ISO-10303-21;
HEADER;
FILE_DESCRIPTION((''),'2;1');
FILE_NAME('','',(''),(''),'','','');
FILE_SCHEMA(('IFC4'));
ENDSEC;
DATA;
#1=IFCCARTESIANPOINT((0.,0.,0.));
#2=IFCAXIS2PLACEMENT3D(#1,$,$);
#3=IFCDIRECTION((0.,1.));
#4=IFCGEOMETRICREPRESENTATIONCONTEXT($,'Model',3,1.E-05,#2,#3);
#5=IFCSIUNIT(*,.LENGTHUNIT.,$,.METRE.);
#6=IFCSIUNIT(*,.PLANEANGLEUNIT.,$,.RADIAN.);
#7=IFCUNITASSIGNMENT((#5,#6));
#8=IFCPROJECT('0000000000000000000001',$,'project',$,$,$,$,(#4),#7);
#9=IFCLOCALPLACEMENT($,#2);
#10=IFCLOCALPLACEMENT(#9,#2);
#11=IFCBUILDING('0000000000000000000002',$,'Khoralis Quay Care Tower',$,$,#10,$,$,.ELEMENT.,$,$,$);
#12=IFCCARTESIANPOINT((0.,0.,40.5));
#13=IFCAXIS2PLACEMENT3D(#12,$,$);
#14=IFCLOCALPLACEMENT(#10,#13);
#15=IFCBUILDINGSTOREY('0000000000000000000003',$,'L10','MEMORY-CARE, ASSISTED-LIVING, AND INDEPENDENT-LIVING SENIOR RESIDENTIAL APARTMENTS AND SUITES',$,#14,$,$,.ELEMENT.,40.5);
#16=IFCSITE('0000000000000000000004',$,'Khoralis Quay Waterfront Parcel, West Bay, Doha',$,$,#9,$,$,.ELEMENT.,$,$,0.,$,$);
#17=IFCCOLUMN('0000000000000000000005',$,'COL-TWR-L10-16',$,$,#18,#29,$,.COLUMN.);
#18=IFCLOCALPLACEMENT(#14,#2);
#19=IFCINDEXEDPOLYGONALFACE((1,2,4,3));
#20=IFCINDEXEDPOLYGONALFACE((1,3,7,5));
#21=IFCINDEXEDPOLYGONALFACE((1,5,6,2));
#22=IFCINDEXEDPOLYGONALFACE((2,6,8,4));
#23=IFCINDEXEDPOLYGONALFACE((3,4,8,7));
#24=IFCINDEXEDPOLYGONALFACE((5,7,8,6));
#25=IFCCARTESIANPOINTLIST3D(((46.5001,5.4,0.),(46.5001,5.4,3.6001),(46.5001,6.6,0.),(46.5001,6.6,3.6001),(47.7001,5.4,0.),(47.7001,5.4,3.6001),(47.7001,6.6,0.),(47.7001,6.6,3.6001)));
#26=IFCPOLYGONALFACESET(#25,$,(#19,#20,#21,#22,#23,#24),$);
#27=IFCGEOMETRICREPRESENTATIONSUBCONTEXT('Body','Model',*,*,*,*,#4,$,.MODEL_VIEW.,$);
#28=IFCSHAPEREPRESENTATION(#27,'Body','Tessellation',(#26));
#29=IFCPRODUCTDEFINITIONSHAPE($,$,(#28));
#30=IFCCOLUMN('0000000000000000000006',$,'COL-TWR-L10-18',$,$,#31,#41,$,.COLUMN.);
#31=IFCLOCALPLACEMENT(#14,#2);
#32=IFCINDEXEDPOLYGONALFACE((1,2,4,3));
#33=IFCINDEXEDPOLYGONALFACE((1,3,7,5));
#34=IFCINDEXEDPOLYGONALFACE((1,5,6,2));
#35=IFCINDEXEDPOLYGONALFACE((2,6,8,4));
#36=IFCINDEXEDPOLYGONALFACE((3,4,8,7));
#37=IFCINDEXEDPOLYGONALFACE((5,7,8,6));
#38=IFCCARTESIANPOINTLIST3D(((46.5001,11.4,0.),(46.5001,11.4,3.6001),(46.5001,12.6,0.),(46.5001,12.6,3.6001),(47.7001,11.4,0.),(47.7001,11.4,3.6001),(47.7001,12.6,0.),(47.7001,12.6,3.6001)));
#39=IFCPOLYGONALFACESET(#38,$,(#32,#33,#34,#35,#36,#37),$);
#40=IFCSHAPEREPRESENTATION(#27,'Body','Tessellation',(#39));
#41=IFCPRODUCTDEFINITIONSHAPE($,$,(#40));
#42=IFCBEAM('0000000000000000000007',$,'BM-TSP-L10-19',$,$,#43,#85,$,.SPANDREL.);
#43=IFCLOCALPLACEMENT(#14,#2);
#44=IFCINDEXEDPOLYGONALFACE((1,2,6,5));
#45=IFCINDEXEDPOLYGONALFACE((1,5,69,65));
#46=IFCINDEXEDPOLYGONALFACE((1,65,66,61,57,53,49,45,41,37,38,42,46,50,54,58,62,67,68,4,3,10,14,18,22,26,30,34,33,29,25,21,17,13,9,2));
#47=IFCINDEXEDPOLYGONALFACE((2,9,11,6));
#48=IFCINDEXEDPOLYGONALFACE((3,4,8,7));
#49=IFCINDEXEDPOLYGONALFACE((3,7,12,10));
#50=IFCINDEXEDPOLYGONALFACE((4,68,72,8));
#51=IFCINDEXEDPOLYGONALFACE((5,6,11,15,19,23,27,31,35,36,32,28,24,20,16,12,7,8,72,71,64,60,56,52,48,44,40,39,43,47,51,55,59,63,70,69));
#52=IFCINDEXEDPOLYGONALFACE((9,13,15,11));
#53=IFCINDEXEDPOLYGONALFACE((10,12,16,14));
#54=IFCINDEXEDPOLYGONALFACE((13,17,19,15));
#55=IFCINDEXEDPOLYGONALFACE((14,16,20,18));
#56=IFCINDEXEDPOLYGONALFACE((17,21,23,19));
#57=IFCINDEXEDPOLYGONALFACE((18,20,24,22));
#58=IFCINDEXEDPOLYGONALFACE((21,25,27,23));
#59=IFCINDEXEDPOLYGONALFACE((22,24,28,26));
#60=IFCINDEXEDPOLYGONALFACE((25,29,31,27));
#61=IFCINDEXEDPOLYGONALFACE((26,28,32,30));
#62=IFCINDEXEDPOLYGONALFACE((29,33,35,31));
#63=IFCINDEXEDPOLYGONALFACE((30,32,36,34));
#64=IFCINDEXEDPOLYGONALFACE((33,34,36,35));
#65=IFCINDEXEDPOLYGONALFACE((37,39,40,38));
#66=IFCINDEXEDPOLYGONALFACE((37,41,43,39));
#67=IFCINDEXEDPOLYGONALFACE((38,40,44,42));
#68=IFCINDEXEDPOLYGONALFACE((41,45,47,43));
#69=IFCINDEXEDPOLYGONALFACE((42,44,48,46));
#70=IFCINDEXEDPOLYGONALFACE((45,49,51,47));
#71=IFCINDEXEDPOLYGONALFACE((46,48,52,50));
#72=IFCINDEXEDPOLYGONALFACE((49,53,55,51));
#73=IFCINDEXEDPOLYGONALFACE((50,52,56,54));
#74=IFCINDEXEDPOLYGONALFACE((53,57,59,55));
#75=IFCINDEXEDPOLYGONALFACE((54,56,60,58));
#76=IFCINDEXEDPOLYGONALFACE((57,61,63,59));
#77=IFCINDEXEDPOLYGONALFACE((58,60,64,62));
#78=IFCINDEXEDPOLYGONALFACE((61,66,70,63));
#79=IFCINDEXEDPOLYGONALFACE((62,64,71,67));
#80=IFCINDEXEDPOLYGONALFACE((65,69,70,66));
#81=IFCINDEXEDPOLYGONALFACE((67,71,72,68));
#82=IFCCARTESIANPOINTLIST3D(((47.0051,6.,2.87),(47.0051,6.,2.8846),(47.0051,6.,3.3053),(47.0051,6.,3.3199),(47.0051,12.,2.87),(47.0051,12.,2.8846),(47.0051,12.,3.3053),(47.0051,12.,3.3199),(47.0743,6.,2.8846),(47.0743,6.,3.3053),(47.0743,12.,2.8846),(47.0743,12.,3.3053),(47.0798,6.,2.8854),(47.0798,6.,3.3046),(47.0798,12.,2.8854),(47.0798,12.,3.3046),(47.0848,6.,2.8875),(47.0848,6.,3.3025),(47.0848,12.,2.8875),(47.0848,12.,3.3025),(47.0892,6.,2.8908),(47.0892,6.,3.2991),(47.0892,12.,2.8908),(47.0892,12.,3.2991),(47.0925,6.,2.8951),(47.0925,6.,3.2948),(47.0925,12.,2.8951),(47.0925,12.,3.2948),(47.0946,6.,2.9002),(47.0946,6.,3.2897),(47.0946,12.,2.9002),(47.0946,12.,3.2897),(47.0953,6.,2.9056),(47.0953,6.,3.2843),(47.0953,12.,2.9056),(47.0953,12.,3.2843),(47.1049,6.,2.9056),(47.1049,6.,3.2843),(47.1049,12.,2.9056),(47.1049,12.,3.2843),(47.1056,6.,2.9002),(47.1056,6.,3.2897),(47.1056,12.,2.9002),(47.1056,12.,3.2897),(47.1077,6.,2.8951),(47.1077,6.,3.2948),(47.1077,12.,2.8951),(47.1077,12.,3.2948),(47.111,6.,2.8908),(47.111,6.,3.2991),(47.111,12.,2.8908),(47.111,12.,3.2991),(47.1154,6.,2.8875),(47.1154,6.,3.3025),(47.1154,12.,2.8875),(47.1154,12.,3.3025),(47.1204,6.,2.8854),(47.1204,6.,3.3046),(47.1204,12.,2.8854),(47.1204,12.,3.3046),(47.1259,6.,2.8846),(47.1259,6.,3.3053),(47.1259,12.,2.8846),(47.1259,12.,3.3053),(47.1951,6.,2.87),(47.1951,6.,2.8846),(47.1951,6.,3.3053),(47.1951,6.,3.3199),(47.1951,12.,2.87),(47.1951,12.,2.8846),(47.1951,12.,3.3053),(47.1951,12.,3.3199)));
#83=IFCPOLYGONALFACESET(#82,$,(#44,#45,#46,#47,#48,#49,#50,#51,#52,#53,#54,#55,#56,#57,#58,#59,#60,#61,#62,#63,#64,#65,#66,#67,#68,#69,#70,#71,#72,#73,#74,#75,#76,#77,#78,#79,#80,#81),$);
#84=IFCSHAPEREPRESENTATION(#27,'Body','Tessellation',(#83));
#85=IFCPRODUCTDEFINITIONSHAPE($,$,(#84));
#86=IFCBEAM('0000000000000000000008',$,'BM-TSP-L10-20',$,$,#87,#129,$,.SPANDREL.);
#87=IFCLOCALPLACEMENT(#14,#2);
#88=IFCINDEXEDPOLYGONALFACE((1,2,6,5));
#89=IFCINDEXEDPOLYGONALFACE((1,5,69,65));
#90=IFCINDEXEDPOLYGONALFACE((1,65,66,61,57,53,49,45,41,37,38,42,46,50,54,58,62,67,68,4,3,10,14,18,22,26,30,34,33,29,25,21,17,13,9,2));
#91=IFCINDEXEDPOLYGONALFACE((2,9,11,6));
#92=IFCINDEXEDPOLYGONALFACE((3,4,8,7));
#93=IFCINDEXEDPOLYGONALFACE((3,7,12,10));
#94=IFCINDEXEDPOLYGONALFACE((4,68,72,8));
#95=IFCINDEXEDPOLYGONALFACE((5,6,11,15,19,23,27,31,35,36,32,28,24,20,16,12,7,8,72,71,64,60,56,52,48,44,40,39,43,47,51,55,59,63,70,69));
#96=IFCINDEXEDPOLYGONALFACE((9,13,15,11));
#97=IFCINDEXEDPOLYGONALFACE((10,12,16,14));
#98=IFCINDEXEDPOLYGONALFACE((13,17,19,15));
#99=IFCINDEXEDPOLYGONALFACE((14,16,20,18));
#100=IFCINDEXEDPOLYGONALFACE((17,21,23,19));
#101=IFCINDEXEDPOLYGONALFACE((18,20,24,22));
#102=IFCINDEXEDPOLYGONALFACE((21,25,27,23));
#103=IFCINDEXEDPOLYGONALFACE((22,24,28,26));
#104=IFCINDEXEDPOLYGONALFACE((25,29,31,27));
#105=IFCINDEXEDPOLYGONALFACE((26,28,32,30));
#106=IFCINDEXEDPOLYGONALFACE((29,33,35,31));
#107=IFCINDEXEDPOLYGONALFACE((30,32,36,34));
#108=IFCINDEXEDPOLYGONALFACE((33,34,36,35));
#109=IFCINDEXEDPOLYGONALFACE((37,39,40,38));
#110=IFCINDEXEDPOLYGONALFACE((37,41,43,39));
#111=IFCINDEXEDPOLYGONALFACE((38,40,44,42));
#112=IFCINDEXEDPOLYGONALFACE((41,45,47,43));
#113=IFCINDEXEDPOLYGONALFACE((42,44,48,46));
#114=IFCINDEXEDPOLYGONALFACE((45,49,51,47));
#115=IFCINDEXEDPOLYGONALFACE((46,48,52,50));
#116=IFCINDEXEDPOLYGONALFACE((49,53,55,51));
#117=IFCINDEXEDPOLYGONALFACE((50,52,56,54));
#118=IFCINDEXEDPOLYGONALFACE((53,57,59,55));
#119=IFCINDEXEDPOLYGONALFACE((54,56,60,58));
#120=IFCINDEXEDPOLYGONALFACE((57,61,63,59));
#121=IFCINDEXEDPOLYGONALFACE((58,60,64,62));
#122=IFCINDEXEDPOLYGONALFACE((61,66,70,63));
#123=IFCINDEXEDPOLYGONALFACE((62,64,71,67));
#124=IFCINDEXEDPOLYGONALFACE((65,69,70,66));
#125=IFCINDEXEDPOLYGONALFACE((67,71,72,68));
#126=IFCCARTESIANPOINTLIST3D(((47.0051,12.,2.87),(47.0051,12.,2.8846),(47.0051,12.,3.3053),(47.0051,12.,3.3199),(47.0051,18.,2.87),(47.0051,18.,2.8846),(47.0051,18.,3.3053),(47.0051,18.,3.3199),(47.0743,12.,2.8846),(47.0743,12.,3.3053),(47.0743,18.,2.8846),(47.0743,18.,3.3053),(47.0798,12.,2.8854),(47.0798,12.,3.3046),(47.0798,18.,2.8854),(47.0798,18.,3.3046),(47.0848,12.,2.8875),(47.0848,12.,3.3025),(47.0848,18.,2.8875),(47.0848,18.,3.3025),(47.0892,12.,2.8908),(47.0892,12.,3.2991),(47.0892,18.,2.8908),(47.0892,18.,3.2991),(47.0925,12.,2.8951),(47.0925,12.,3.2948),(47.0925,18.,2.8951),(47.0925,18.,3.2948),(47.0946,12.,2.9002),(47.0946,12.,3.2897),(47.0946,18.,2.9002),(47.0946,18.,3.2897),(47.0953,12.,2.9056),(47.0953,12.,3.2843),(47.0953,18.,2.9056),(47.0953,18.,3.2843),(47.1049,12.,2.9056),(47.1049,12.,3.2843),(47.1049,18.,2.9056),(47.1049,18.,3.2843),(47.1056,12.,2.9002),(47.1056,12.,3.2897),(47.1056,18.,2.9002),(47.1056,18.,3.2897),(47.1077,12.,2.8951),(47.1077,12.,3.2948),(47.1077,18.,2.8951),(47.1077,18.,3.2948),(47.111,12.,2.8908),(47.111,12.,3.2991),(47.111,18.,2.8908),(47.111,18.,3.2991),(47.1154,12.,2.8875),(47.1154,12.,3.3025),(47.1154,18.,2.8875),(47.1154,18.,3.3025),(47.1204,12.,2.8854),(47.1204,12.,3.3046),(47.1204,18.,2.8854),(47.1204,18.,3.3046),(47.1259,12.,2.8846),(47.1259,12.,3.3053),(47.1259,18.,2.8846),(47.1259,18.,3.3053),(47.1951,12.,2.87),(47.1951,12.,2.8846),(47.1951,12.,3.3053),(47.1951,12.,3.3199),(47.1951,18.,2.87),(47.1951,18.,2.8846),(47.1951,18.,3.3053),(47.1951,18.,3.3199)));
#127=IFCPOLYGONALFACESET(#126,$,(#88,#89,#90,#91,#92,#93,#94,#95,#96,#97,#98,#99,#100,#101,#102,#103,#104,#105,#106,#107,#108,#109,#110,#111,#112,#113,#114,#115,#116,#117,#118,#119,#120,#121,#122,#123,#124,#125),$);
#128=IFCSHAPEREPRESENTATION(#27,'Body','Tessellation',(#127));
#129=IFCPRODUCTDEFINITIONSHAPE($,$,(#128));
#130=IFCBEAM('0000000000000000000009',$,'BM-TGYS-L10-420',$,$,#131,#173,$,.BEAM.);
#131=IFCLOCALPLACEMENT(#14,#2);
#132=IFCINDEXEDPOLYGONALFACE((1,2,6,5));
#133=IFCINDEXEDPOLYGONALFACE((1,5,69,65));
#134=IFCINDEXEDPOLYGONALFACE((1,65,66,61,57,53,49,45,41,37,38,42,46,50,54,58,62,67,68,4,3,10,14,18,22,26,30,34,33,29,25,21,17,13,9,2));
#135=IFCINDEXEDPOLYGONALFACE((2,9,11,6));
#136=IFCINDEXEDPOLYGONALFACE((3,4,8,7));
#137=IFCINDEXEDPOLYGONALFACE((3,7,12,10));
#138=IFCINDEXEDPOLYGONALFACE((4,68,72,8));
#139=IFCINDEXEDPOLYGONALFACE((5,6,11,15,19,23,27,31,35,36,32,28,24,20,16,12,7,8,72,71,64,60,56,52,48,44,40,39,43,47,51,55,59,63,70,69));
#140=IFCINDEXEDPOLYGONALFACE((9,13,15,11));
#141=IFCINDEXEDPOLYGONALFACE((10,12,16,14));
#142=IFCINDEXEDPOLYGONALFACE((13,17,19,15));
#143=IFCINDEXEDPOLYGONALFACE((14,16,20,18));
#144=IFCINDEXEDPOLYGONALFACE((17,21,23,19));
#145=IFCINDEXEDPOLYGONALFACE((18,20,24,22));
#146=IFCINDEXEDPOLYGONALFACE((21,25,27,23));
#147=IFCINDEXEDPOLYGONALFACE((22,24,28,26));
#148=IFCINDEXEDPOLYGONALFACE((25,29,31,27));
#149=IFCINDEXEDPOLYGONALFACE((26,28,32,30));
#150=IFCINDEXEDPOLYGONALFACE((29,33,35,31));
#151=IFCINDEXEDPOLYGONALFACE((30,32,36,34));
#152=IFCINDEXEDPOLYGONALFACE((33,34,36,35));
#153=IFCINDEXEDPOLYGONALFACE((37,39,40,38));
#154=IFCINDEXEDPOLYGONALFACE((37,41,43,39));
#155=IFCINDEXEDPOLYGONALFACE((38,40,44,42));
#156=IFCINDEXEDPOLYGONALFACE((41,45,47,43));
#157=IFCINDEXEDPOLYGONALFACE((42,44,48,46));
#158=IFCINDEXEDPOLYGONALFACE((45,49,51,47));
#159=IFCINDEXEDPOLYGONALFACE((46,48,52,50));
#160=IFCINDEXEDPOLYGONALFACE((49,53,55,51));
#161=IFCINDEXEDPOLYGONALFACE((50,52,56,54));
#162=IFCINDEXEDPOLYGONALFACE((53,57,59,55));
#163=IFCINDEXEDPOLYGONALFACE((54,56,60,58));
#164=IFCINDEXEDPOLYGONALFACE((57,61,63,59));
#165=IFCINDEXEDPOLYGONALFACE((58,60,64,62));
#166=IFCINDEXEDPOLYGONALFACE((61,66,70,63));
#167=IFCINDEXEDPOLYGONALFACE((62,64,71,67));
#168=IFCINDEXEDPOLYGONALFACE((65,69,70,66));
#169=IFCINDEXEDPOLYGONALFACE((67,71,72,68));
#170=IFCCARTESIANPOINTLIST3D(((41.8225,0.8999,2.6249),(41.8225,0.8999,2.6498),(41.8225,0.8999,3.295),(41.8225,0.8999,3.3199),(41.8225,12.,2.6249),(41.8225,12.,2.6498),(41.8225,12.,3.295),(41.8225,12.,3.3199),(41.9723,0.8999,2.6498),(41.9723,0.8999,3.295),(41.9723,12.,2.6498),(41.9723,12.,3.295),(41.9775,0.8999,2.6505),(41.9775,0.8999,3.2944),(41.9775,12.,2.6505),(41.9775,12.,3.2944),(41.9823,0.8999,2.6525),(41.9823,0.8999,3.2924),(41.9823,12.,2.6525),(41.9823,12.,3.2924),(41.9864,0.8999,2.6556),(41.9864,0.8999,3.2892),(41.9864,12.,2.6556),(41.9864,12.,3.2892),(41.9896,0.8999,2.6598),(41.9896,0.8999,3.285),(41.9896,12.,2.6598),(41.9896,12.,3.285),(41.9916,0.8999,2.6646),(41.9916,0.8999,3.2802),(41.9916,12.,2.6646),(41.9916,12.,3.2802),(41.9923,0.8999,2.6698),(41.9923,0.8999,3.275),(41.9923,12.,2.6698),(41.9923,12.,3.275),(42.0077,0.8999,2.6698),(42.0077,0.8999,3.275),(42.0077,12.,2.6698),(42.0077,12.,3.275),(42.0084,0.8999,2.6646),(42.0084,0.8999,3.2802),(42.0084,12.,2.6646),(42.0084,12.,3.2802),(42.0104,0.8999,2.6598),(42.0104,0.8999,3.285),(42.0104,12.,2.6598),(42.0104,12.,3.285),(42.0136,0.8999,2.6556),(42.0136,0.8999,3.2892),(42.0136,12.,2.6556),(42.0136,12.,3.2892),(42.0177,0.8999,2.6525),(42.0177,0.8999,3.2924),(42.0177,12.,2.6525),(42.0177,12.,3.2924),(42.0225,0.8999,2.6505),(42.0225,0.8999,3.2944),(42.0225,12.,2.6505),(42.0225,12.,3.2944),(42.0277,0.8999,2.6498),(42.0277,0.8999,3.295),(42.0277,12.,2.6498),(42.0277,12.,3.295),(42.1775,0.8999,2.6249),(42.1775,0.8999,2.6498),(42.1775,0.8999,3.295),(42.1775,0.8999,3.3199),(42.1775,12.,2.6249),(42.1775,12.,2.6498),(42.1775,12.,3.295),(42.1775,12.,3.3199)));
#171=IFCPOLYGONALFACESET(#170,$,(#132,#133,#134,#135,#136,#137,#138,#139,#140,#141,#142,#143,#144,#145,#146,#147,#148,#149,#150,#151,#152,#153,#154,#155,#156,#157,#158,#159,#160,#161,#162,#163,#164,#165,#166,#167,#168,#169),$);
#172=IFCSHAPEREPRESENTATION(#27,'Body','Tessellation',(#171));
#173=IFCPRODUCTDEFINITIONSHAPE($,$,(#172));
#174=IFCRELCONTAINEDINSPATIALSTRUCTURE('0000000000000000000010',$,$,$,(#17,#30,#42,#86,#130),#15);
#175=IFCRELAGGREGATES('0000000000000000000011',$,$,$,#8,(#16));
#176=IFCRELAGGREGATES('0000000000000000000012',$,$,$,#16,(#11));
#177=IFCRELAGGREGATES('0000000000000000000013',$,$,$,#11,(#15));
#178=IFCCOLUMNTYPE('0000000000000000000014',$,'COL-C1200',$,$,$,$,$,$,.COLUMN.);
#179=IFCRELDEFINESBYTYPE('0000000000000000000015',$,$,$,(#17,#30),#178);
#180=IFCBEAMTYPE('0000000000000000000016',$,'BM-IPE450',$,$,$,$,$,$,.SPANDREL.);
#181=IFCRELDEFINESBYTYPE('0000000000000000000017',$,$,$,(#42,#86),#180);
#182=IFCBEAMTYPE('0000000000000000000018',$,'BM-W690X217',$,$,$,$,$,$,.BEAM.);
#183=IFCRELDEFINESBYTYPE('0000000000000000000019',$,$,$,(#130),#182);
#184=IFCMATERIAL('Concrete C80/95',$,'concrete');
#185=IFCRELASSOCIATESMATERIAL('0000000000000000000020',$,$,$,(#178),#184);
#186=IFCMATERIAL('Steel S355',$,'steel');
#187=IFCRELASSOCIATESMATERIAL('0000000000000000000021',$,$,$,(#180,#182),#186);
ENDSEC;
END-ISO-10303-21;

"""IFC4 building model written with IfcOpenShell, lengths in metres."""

from ifc_helpers import new_model, si_unit, direction, frame, origin, origin_2d, place, context, subcontext, project, spatial, rectangle, i_section, extrude, source, transform, mapped, material, material_profile, profile_set, type_object, element, save


model = new_model("IFC4")

# Units and contexts
model_context = context("Model", 3, precision=1e-05, world=origin(), true_north=direction((0.0, 1.0)))
body_context = subcontext(model_context, "Body", "Model", "MODEL_VIEW")
ifc_project = project(units=[si_unit("LENGTHUNIT", "METRE"), si_unit("PLANEANGLEUNIT", "RADIAN")], contexts=[model_context])

# Site, building, storey
site_placement = place(None, origin())
site = spatial("IfcSite", under=ifc_project, at=site_placement, Name="Khoralis Quay Waterfront Parcel, West Bay, Doha", CompositionType="ELEMENT", RefElevation=0.0)
building_placement = place(site_placement, origin())
building = spatial("IfcBuilding", under=site, at=building_placement, Name="Khoralis Quay Care Tower", CompositionType="ELEMENT")
storey_placement = place(building_placement, frame((0.0, 0.0, 40.5)))
storey = spatial("IfcBuildingStorey", under=building, at=storey_placement, Name="L10", Description="MEMORY-CARE, ASSISTED-LIVING, AND INDEPENDENT-LIVING SENIOR RESIDENTIAL APARTMENTS AND SUITES", CompositionType="ELEMENT", Elevation=40.5)

# Columns
ifc_material_1 = material(Name="Concrete C80/95", Category="concrete")
ifc_material_profile_1 = material_profile(ifc_material_1, rectangle(XDim=1.2, YDim=1.2, at=origin_2d()), Name="Concrete C80/95")
ifc_profile_set_1 = profile_set([ifc_material_profile_1], Name="Concrete C80/95")
column_type = type_object("IfcColumnType", Name="COL-C1200", PredefinedType="COLUMN", material=ifc_profile_set_1)
shared_shape_1 = source(origin(), body_context, "Body", "SweptSolid", [
    extrude(rectangle(XDim=1.2, YDim=1.2, at=origin_2d()), origin(), (0.0, 0.0, 1.0), 3.6001),
])
for number, where, z_axis, x_axis, name in (
    (1, (47.1001, 6.0, 0.0), (0.0, 0.0, 1.0), (1.0, 0.0, 0.0), "COL-TWR-L10-16"),
    (2, (47.1001, 12.0, 0.0), (0.0, 0.0, 1.0), (1.0, 0.0, 0.0), "COL-TWR-L10-18"),
):
    element("IfcColumn", number, at=place(storey_placement, frame(where, z_axis=z_axis, x_axis=x_axis)), inside=storey, type_object=column_type, Name=name, PredefinedType="COLUMN", context=body_context, shape_type="MappedRepresentation", body=[
        mapped(shared_shape_1, transform((0.0, 0.0, 0.0), scale=1.0)),
    ])

# Beams
ifc_material_2 = material(Name="Steel S355", Category="steel")
ifc_material_profile_2 = material_profile(ifc_material_2, i_section(OverallWidth=0.1899, OverallDepth=0.45, WebThickness=0.0095, FlangeThickness=0.0146, FilletRadius=0.021, at=origin_2d()), Name="Steel S355")
ifc_profile_set_2 = profile_set([ifc_material_profile_2], Name="Steel S355")
beam_type_1 = type_object("IfcBeamType", Name="BM-IPE450", PredefinedType="SPANDREL", material=ifc_profile_set_2)
shared_shape_2 = source(origin(), body_context, "Body", "SweptSolid", [
    extrude(i_section(OverallWidth=0.1899, OverallDepth=0.45, WebThickness=0.0095, FlangeThickness=0.0146, FilletRadius=0.021, at=origin_2d()), origin(), (0.0, 0.0, 1.0), 6.0),
])
for number, where, z_axis, x_axis, name in (
    (3, (47.1001, 6.0, 3.095), (0.0, 1.0, 0.0), (-1.0, 0.0, 0.0), "BM-TSP-L10-19"),
    (4, (47.1001, 12.0, 3.095), (0.0, 1.0, 0.0), (-1.0, 0.0, 0.0), "BM-TSP-L10-20"),
):
    element("IfcBeam", number, at=place(storey_placement, frame(where, z_axis=z_axis, x_axis=x_axis)), inside=storey, type_object=beam_type_1, Name=name, PredefinedType="SPANDREL", context=body_context, shape_type="MappedRepresentation", body=[
        mapped(shared_shape_2, transform((0.0, 0.0, 0.0), scale=1.0)),
    ])
ifc_material_profile_3 = material_profile(ifc_material_2, i_section(OverallWidth=0.355, OverallDepth=0.6951, WebThickness=0.0154, FlangeThickness=0.0249, FilletRadius=0.02, at=origin_2d()), Name="Steel S355")
ifc_profile_set_3 = profile_set([ifc_material_profile_3], Name="Steel S355")
beam_type_2 = type_object("IfcBeamType", Name="BM-W690X217", PredefinedType="BEAM", material=ifc_profile_set_3)
shared_shape_3 = source(origin(), body_context, "Body", "SweptSolid", [
    extrude(i_section(OverallWidth=0.355, OverallDepth=0.6951, WebThickness=0.0154, FlangeThickness=0.0249, FilletRadius=0.02, at=origin_2d()), origin(), (0.0, 0.0, 1.0), 11.1001),
])
beam_placement = place(storey_placement, frame((42.0, 0.8999, 2.9724), z_axis=(0.0, 1.0, 0.0), x_axis=(-1.0, 0.0, 0.0)))
element("IfcBeam", 5, at=beam_placement, inside=storey, type_object=beam_type_2, Name="BM-TGYS-L10-420", PredefinedType="BEAM", context=body_context, shape_type="MappedRepresentation", body=[
    mapped(shared_shape_3, transform((0.0, 0.0, 0.0), scale=1.0)),
])

save(model, "model.ifc")
